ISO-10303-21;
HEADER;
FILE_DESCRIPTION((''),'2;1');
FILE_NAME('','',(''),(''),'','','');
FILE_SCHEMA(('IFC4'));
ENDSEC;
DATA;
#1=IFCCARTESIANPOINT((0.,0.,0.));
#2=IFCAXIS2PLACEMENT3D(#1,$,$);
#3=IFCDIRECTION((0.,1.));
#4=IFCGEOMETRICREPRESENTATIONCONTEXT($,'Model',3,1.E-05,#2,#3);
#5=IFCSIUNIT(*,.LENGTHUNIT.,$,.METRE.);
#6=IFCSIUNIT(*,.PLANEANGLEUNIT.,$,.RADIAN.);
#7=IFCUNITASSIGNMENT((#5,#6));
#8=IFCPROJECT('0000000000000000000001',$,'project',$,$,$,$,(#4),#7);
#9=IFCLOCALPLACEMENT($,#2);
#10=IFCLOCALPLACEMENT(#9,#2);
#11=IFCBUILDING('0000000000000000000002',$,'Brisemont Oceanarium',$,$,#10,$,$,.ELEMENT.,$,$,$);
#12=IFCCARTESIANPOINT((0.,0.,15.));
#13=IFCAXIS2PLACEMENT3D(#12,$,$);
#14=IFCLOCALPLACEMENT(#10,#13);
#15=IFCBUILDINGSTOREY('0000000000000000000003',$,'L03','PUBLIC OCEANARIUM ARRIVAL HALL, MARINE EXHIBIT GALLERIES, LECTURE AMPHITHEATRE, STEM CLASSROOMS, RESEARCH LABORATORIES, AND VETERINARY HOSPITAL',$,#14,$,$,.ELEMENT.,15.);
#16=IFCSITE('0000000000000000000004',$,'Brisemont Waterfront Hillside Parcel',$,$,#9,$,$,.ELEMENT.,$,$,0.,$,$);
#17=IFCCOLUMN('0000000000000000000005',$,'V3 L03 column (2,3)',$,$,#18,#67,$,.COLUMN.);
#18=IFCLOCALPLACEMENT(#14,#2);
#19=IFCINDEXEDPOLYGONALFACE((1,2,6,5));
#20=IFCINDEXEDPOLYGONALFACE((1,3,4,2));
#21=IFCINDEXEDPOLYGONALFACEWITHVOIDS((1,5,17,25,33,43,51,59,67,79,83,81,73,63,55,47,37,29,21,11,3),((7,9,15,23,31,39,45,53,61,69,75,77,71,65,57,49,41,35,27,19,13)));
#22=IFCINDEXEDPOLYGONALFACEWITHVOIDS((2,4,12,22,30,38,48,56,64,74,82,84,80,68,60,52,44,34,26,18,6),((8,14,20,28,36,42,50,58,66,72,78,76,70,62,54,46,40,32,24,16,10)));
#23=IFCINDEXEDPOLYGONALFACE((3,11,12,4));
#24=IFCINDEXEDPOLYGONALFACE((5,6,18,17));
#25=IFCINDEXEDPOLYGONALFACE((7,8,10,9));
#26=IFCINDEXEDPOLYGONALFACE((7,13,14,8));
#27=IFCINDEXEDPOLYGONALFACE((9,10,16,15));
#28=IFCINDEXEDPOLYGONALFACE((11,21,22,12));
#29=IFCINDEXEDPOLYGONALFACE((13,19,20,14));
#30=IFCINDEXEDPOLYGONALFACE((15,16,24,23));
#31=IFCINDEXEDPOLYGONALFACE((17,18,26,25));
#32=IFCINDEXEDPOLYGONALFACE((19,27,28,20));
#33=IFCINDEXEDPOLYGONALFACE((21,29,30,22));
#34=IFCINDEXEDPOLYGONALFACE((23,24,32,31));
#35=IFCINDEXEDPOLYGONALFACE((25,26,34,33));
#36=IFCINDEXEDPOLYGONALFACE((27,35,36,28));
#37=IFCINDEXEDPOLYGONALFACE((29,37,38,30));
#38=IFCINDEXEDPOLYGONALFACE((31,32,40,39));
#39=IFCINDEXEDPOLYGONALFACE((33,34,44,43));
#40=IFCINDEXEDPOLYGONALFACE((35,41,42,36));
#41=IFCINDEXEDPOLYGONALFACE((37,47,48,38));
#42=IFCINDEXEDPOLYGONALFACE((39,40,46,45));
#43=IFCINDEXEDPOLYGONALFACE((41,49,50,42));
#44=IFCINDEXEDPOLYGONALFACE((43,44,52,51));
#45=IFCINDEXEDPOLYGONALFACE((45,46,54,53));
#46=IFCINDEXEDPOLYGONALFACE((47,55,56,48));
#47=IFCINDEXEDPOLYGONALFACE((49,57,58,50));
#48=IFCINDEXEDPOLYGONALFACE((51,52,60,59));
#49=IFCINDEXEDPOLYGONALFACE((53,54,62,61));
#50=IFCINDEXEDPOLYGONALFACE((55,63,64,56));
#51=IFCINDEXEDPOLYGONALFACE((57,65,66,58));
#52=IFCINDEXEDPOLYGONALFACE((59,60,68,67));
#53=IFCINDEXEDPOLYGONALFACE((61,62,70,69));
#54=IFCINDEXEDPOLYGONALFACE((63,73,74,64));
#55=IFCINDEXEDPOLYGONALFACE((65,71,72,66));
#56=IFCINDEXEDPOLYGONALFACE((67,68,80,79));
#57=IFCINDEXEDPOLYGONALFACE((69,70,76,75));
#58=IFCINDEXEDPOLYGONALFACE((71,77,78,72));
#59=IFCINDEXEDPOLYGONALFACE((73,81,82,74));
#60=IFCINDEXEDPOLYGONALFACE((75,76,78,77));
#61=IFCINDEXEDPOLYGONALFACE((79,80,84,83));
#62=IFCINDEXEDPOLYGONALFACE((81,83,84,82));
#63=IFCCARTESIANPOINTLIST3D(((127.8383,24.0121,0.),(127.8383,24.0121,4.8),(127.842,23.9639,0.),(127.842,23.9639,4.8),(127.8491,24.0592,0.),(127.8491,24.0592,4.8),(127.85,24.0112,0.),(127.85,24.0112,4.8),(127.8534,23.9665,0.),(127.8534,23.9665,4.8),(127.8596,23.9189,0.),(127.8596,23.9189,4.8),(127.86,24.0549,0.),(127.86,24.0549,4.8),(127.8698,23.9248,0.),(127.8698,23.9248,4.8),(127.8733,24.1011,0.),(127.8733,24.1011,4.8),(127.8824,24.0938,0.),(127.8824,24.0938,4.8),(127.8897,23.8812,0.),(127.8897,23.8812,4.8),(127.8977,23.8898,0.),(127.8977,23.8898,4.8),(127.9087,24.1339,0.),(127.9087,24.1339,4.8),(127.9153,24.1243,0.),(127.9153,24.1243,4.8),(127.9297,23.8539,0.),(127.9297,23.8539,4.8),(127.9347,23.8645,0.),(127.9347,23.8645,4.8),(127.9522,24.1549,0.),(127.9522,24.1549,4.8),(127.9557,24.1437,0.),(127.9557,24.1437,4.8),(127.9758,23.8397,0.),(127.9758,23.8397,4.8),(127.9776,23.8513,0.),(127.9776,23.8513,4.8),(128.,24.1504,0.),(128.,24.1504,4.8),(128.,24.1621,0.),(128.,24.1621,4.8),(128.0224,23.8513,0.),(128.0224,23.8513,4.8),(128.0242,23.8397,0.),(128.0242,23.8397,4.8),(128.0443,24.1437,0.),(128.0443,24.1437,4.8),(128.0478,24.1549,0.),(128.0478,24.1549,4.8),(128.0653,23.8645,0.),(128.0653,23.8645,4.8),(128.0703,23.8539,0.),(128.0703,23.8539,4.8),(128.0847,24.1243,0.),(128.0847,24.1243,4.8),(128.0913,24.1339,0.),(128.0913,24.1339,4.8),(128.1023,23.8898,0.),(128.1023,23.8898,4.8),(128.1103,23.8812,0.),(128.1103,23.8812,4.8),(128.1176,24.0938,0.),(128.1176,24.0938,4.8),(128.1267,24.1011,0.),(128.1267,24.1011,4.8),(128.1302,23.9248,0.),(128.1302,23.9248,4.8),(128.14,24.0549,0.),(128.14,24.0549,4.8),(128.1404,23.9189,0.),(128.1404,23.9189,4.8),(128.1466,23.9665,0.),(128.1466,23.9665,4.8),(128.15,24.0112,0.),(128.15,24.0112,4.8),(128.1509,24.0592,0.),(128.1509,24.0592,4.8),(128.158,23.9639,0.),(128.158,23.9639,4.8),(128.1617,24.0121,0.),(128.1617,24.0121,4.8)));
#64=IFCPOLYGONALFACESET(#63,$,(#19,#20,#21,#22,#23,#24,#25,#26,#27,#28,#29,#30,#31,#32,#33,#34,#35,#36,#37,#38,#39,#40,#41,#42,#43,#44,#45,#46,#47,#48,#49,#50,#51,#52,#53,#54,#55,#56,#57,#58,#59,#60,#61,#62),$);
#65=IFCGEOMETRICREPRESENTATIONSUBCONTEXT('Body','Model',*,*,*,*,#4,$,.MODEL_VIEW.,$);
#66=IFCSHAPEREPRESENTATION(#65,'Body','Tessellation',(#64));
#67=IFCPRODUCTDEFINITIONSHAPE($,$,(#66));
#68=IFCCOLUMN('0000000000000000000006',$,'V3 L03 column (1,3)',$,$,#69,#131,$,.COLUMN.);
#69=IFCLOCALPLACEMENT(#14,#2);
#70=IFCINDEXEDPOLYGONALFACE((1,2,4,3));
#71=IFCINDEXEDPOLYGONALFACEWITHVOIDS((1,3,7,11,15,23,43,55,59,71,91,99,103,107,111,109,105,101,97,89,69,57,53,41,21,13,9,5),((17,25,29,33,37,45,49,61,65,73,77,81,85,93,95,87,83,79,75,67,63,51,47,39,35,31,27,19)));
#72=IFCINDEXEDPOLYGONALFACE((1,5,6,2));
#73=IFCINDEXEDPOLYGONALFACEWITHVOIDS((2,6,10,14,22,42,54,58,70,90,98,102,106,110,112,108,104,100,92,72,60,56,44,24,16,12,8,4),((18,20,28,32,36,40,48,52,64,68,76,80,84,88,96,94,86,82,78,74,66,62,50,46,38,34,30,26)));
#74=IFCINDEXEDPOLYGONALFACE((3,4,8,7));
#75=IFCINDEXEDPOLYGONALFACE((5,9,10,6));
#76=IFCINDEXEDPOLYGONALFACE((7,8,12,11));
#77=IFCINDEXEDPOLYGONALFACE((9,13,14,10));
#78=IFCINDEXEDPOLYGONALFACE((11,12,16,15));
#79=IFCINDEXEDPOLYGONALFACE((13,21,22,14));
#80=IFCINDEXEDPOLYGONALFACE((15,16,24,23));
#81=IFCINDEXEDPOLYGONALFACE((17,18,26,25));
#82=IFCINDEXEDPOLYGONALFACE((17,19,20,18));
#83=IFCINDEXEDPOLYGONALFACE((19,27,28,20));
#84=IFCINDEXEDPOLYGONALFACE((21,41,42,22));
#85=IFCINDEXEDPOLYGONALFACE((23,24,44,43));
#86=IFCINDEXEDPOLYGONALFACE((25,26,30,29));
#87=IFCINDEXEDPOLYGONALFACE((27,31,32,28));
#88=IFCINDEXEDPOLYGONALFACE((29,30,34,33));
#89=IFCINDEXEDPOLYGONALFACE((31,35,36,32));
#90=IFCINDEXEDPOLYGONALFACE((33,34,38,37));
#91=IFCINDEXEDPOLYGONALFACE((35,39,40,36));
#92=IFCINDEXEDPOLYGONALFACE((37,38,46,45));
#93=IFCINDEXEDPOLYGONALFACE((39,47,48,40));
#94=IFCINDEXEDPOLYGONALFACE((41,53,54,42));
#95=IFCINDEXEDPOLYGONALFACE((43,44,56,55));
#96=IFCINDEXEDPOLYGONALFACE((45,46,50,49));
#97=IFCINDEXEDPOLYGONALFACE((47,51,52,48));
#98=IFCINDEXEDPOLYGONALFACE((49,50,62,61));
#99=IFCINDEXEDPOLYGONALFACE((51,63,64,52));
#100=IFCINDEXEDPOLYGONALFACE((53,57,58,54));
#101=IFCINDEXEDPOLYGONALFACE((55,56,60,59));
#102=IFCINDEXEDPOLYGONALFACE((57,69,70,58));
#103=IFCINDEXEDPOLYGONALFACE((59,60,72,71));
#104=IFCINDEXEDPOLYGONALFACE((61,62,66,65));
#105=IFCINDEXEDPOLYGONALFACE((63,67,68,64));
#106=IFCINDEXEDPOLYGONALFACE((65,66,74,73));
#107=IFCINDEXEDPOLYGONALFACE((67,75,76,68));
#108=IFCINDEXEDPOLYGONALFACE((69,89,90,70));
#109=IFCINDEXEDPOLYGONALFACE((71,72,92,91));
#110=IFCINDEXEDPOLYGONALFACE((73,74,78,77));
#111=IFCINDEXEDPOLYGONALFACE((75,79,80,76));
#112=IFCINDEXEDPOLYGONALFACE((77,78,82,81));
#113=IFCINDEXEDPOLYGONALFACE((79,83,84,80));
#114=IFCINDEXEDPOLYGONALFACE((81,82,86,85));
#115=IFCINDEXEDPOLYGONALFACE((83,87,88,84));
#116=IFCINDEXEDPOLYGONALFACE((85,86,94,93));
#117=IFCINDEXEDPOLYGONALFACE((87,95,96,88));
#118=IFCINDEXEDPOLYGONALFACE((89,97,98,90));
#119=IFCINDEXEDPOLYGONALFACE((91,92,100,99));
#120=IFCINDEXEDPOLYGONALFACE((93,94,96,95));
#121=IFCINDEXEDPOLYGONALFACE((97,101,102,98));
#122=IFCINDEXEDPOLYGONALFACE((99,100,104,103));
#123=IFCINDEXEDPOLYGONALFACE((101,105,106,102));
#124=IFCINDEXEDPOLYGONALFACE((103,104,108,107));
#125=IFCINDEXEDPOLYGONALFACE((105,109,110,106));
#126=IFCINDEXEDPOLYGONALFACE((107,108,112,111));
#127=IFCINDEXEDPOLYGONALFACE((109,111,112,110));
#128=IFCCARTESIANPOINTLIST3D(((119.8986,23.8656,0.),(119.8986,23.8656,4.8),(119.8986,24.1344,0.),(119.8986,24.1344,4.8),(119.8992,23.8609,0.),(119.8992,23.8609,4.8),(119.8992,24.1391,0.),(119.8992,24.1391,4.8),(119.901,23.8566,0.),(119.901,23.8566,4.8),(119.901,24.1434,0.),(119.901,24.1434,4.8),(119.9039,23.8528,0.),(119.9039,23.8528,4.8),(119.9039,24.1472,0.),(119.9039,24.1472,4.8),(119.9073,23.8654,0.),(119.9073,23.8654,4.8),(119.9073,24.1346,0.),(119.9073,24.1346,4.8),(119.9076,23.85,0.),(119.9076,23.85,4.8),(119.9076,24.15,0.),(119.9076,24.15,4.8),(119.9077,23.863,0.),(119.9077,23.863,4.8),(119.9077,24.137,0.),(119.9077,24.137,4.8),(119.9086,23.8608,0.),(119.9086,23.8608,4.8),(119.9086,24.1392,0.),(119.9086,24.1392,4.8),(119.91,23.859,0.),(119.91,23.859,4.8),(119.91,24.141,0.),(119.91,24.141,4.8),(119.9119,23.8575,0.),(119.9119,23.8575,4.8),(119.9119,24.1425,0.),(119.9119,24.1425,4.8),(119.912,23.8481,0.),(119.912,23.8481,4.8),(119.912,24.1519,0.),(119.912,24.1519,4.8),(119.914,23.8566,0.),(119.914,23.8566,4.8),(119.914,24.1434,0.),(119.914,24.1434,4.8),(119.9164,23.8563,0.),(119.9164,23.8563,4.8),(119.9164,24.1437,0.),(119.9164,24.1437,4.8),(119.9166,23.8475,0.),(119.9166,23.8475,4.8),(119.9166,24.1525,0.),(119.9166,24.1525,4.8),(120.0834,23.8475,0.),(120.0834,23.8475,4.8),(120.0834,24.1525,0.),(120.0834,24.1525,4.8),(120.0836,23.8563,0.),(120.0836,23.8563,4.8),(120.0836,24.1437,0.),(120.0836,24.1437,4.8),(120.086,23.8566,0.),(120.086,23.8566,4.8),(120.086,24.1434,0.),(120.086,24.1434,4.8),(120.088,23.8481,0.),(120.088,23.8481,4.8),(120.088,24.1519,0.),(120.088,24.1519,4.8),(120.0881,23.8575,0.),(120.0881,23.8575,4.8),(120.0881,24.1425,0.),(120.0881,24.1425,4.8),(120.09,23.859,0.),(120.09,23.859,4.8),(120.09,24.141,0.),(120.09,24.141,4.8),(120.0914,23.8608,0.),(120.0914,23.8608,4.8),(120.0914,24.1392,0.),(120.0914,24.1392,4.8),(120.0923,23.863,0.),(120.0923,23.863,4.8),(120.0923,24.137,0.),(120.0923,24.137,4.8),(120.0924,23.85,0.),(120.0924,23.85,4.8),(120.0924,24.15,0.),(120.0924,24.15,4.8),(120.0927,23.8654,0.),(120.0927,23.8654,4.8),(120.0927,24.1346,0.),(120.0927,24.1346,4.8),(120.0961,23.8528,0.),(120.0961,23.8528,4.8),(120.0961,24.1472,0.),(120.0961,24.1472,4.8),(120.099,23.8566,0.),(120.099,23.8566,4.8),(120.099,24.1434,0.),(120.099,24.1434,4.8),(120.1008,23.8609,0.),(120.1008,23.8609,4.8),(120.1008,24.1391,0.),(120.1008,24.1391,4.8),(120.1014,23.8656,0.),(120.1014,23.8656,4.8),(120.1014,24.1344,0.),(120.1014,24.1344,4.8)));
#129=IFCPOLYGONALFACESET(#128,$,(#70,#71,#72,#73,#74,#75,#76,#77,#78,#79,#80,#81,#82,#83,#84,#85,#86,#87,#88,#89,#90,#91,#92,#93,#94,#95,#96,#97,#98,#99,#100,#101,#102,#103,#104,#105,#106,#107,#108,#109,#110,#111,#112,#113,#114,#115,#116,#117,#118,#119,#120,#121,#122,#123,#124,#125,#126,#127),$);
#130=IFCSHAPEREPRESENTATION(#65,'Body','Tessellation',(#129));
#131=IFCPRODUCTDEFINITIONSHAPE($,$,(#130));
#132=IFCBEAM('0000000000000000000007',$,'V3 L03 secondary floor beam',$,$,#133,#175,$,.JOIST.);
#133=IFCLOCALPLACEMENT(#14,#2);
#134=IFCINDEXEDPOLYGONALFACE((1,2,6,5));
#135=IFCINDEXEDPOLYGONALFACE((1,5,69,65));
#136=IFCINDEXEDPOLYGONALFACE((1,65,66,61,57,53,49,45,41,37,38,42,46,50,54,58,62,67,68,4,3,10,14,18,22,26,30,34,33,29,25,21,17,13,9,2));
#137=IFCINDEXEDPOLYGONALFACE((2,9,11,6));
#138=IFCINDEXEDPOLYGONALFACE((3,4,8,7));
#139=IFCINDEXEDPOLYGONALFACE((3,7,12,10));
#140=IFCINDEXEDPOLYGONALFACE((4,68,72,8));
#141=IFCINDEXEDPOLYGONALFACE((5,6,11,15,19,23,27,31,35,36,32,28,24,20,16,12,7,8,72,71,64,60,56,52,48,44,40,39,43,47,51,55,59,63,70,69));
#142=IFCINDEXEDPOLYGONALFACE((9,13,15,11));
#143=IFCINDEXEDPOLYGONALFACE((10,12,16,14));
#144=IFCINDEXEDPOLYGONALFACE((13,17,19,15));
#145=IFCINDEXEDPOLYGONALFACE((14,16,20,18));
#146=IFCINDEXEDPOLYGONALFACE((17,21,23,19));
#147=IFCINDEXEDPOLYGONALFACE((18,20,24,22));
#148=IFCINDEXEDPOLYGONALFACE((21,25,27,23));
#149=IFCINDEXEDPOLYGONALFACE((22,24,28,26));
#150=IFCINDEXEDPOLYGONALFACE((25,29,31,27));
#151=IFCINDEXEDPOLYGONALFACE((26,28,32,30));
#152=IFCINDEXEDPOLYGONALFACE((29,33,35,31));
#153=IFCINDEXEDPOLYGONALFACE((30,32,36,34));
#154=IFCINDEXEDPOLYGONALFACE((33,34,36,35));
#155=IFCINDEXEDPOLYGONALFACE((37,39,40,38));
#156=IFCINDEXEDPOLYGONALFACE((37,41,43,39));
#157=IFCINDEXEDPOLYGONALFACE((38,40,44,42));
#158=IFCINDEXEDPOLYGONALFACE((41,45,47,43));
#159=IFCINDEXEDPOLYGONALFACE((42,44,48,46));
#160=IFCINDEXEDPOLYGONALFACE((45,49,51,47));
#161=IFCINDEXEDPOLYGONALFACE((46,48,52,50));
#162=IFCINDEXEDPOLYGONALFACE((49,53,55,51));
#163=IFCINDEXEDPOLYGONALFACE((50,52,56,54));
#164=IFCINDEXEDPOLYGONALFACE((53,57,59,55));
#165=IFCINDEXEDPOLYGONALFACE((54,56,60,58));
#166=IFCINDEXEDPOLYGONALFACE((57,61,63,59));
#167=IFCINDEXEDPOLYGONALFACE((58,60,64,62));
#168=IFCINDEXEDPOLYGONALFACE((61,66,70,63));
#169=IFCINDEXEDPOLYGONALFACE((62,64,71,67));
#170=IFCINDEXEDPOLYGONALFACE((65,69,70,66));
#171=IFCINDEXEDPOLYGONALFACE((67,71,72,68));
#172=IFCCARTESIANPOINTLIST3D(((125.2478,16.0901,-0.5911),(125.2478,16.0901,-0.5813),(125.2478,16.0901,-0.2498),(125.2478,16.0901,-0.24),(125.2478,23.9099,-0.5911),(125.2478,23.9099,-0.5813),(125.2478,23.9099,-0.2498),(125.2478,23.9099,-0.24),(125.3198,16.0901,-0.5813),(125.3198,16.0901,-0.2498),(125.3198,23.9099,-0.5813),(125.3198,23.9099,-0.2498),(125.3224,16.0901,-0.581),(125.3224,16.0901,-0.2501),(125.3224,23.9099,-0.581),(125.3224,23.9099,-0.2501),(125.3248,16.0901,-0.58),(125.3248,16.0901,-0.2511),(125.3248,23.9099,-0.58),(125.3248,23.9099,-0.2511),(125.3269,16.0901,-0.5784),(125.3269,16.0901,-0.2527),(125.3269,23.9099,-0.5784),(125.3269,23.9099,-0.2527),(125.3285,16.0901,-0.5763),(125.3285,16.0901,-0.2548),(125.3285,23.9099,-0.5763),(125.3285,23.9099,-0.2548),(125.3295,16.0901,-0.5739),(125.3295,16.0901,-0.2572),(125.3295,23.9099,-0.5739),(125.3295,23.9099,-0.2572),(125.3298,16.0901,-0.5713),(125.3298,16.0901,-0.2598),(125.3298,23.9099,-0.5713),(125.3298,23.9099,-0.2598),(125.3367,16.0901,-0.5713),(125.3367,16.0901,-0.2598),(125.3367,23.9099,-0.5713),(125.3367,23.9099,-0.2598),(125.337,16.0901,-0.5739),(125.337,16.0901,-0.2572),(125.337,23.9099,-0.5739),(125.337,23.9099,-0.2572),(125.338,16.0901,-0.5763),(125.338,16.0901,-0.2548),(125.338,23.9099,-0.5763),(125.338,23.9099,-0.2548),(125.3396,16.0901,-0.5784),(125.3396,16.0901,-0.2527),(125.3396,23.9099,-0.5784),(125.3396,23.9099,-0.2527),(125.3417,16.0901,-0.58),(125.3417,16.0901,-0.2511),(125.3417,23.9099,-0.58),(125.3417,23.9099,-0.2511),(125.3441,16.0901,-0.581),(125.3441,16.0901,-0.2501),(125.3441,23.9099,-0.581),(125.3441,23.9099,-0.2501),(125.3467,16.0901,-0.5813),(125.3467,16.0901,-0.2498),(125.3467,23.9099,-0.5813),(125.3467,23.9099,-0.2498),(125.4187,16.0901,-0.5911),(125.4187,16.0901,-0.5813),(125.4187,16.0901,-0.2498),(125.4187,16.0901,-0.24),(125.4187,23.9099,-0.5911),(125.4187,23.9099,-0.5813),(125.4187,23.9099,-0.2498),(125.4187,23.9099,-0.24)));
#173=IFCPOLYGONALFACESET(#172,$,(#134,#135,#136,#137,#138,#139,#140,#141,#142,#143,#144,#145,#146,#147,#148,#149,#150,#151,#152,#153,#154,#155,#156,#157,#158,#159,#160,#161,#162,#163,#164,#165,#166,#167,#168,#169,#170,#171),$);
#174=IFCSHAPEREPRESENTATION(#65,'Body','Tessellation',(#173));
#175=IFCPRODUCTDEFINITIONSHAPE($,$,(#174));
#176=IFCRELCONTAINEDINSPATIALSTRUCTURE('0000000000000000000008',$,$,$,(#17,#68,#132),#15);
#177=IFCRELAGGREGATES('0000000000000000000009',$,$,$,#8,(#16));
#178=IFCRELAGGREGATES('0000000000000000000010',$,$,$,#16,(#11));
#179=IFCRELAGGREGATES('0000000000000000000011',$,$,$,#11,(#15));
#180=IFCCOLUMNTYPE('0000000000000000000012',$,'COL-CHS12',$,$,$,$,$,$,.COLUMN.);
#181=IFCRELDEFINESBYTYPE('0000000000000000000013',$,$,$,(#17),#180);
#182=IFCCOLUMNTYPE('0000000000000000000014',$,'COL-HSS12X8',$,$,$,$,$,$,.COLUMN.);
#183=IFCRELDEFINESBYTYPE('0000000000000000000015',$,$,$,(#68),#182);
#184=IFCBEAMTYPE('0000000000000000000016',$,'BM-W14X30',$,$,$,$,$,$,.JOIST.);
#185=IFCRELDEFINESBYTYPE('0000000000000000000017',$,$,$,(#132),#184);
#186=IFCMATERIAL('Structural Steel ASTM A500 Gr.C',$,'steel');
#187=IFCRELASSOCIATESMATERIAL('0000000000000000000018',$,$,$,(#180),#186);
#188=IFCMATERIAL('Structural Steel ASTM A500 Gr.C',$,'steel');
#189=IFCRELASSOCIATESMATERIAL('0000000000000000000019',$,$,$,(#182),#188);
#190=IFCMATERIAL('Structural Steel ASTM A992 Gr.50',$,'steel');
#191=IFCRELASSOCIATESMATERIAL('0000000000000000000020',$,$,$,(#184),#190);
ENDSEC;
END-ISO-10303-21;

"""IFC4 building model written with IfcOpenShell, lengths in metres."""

from ifc_helpers import new_model, si_unit, direction, frame, origin, origin_2d, place, context, subcontext, project, spatial, hollow_rectangle, hollow_circle, i_section, extrude, material, material_profile, profile_set, type_object, element, save


model = new_model("IFC4")

# Units and contexts
model_context = context("Model", 3, precision=1e-05, world=origin(), true_north=direction((0.0, 1.0)))
body_context = subcontext(model_context, "Body", "Model", "MODEL_VIEW")
ifc_project = project(units=[si_unit("LENGTHUNIT", "METRE"), si_unit("PLANEANGLEUNIT", "RADIAN")], contexts=[model_context])

# Site, building, storey
site_placement = place(None, origin())
site = spatial("IfcSite", under=ifc_project, at=site_placement, Name="Brisemont Waterfront Hillside Parcel", CompositionType="ELEMENT", RefElevation=0.0)
building_placement = place(site_placement, origin())
building = spatial("IfcBuilding", under=site, at=building_placement, Name="Brisemont Oceanarium", CompositionType="ELEMENT")
storey_placement = place(building_placement, frame((0.0, 0.0, 15.0)))
storey = spatial("IfcBuildingStorey", under=building, at=storey_placement, Name="L03", Description="PUBLIC OCEANARIUM ARRIVAL HALL, MARINE EXHIBIT GALLERIES, LECTURE AMPHITHEATRE, STEM CLASSROOMS, RESEARCH LABORATORIES, AND VETERINARY HOSPITAL", CompositionType="ELEMENT", Elevation=15.0)

# Columns
ifc_material_1 = material(Name="Structural Steel ASTM A500 Gr.C", Category="steel")
ifc_material_profile_1 = material_profile(ifc_material_1, hollow_circle(Radius=0.1621, WallThickness=0.0117, at=origin_2d()), Name="HSS12.750X0.500")
ifc_profile_set_1 = profile_set([ifc_material_profile_1], Name="Structural Steel ASTM A500 Gr.C")
column_type_1 = type_object("IfcColumnType", Name="COL-CHS12", PredefinedType="COLUMN", material=ifc_profile_set_1)
column_1_placement = place(storey_placement, frame((128.0, 24.0, 0.0), z_axis=(0.0, 0.0, 1.0), x_axis=(0.0, 1.0, 0.0)))
element("IfcColumn", 1, at=column_1_placement, inside=storey, type_object=column_type_1, Name="V3 L03 column (2,3)", PredefinedType="COLUMN", context=body_context, shape_type="SweptSolid", body=[
    extrude(hollow_circle(Radius=0.1621, WallThickness=0.0117, at=origin_2d()), origin(), (0.0, 0.0, 1.0), 4.8),
])
ifc_material_2 = material(Name="Structural Steel ASTM A500 Gr.C", Category="steel")
ifc_material_profile_2 = material_profile(ifc_material_2, hollow_rectangle(XDim=0.2029, YDim=0.3049, WallThickness=0.0088, InnerFilletRadius=0.009, OuterFilletRadius=0.0181, at=origin_2d()), Name="HSS12X8X3/8")
ifc_profile_set_2 = profile_set([ifc_material_profile_2], Name="Structural Steel ASTM A500 Gr.C")
column_type_2 = type_object("IfcColumnType", Name="COL-HSS12X8", PredefinedType="COLUMN", material=ifc_profile_set_2)
column_2_placement = place(storey_placement, frame((120.0, 24.0, 0.0), z_axis=(0.0, 0.0, 1.0), x_axis=(1.0, 0.0, 0.0)))
element("IfcColumn", 2, at=column_2_placement, inside=storey, type_object=column_type_2, Name="V3 L03 column (1,3)", PredefinedType="COLUMN", context=body_context, shape_type="SweptSolid", body=[
    extrude(hollow_rectangle(XDim=0.2029, YDim=0.3049, WallThickness=0.0088, InnerFilletRadius=0.009, OuterFilletRadius=0.0181, at=origin_2d()), origin(), (0.0, 0.0, 1.0), 4.8),
])

# Beam
ifc_material_3 = material(Name="Structural Steel ASTM A992 Gr.50", Category="steel")
ifc_material_profile_3 = material_profile(ifc_material_3, i_section(OverallWidth=0.1709, OverallDepth=0.3511, WebThickness=0.0068, FlangeThickness=0.0098, FilletRadius=0.01, at=origin_2d()), Name="W14X30")
ifc_profile_set_3 = profile_set([ifc_material_profile_3], Name="Structural Steel ASTM A992 Gr.50")
beam_type_1 = type_object("IfcBeamType", Name="BM-W14X30", PredefinedType="JOIST", material=ifc_profile_set_3)
beam_1_placement = place(storey_placement, frame((125.3333, 16.0901, -0.4155), z_axis=(0.0, 1.0, 0.0), x_axis=(-1.0, 0.0, 0.0)))
element("IfcBeam", 3, at=beam_1_placement, inside=storey, type_object=beam_type_1, Name="V3 L03 secondary floor beam", PredefinedType="JOIST", context=body_context, shape_type="SweptSolid", body=[
    extrude(i_section(OverallWidth=0.1709, OverallDepth=0.3511, WebThickness=0.0068, FlangeThickness=0.0098, FilletRadius=0.01, at=origin_2d()), origin(), (0.0, 0.0, 1.0), 7.8198),
])

save(model, "model.ifc")
